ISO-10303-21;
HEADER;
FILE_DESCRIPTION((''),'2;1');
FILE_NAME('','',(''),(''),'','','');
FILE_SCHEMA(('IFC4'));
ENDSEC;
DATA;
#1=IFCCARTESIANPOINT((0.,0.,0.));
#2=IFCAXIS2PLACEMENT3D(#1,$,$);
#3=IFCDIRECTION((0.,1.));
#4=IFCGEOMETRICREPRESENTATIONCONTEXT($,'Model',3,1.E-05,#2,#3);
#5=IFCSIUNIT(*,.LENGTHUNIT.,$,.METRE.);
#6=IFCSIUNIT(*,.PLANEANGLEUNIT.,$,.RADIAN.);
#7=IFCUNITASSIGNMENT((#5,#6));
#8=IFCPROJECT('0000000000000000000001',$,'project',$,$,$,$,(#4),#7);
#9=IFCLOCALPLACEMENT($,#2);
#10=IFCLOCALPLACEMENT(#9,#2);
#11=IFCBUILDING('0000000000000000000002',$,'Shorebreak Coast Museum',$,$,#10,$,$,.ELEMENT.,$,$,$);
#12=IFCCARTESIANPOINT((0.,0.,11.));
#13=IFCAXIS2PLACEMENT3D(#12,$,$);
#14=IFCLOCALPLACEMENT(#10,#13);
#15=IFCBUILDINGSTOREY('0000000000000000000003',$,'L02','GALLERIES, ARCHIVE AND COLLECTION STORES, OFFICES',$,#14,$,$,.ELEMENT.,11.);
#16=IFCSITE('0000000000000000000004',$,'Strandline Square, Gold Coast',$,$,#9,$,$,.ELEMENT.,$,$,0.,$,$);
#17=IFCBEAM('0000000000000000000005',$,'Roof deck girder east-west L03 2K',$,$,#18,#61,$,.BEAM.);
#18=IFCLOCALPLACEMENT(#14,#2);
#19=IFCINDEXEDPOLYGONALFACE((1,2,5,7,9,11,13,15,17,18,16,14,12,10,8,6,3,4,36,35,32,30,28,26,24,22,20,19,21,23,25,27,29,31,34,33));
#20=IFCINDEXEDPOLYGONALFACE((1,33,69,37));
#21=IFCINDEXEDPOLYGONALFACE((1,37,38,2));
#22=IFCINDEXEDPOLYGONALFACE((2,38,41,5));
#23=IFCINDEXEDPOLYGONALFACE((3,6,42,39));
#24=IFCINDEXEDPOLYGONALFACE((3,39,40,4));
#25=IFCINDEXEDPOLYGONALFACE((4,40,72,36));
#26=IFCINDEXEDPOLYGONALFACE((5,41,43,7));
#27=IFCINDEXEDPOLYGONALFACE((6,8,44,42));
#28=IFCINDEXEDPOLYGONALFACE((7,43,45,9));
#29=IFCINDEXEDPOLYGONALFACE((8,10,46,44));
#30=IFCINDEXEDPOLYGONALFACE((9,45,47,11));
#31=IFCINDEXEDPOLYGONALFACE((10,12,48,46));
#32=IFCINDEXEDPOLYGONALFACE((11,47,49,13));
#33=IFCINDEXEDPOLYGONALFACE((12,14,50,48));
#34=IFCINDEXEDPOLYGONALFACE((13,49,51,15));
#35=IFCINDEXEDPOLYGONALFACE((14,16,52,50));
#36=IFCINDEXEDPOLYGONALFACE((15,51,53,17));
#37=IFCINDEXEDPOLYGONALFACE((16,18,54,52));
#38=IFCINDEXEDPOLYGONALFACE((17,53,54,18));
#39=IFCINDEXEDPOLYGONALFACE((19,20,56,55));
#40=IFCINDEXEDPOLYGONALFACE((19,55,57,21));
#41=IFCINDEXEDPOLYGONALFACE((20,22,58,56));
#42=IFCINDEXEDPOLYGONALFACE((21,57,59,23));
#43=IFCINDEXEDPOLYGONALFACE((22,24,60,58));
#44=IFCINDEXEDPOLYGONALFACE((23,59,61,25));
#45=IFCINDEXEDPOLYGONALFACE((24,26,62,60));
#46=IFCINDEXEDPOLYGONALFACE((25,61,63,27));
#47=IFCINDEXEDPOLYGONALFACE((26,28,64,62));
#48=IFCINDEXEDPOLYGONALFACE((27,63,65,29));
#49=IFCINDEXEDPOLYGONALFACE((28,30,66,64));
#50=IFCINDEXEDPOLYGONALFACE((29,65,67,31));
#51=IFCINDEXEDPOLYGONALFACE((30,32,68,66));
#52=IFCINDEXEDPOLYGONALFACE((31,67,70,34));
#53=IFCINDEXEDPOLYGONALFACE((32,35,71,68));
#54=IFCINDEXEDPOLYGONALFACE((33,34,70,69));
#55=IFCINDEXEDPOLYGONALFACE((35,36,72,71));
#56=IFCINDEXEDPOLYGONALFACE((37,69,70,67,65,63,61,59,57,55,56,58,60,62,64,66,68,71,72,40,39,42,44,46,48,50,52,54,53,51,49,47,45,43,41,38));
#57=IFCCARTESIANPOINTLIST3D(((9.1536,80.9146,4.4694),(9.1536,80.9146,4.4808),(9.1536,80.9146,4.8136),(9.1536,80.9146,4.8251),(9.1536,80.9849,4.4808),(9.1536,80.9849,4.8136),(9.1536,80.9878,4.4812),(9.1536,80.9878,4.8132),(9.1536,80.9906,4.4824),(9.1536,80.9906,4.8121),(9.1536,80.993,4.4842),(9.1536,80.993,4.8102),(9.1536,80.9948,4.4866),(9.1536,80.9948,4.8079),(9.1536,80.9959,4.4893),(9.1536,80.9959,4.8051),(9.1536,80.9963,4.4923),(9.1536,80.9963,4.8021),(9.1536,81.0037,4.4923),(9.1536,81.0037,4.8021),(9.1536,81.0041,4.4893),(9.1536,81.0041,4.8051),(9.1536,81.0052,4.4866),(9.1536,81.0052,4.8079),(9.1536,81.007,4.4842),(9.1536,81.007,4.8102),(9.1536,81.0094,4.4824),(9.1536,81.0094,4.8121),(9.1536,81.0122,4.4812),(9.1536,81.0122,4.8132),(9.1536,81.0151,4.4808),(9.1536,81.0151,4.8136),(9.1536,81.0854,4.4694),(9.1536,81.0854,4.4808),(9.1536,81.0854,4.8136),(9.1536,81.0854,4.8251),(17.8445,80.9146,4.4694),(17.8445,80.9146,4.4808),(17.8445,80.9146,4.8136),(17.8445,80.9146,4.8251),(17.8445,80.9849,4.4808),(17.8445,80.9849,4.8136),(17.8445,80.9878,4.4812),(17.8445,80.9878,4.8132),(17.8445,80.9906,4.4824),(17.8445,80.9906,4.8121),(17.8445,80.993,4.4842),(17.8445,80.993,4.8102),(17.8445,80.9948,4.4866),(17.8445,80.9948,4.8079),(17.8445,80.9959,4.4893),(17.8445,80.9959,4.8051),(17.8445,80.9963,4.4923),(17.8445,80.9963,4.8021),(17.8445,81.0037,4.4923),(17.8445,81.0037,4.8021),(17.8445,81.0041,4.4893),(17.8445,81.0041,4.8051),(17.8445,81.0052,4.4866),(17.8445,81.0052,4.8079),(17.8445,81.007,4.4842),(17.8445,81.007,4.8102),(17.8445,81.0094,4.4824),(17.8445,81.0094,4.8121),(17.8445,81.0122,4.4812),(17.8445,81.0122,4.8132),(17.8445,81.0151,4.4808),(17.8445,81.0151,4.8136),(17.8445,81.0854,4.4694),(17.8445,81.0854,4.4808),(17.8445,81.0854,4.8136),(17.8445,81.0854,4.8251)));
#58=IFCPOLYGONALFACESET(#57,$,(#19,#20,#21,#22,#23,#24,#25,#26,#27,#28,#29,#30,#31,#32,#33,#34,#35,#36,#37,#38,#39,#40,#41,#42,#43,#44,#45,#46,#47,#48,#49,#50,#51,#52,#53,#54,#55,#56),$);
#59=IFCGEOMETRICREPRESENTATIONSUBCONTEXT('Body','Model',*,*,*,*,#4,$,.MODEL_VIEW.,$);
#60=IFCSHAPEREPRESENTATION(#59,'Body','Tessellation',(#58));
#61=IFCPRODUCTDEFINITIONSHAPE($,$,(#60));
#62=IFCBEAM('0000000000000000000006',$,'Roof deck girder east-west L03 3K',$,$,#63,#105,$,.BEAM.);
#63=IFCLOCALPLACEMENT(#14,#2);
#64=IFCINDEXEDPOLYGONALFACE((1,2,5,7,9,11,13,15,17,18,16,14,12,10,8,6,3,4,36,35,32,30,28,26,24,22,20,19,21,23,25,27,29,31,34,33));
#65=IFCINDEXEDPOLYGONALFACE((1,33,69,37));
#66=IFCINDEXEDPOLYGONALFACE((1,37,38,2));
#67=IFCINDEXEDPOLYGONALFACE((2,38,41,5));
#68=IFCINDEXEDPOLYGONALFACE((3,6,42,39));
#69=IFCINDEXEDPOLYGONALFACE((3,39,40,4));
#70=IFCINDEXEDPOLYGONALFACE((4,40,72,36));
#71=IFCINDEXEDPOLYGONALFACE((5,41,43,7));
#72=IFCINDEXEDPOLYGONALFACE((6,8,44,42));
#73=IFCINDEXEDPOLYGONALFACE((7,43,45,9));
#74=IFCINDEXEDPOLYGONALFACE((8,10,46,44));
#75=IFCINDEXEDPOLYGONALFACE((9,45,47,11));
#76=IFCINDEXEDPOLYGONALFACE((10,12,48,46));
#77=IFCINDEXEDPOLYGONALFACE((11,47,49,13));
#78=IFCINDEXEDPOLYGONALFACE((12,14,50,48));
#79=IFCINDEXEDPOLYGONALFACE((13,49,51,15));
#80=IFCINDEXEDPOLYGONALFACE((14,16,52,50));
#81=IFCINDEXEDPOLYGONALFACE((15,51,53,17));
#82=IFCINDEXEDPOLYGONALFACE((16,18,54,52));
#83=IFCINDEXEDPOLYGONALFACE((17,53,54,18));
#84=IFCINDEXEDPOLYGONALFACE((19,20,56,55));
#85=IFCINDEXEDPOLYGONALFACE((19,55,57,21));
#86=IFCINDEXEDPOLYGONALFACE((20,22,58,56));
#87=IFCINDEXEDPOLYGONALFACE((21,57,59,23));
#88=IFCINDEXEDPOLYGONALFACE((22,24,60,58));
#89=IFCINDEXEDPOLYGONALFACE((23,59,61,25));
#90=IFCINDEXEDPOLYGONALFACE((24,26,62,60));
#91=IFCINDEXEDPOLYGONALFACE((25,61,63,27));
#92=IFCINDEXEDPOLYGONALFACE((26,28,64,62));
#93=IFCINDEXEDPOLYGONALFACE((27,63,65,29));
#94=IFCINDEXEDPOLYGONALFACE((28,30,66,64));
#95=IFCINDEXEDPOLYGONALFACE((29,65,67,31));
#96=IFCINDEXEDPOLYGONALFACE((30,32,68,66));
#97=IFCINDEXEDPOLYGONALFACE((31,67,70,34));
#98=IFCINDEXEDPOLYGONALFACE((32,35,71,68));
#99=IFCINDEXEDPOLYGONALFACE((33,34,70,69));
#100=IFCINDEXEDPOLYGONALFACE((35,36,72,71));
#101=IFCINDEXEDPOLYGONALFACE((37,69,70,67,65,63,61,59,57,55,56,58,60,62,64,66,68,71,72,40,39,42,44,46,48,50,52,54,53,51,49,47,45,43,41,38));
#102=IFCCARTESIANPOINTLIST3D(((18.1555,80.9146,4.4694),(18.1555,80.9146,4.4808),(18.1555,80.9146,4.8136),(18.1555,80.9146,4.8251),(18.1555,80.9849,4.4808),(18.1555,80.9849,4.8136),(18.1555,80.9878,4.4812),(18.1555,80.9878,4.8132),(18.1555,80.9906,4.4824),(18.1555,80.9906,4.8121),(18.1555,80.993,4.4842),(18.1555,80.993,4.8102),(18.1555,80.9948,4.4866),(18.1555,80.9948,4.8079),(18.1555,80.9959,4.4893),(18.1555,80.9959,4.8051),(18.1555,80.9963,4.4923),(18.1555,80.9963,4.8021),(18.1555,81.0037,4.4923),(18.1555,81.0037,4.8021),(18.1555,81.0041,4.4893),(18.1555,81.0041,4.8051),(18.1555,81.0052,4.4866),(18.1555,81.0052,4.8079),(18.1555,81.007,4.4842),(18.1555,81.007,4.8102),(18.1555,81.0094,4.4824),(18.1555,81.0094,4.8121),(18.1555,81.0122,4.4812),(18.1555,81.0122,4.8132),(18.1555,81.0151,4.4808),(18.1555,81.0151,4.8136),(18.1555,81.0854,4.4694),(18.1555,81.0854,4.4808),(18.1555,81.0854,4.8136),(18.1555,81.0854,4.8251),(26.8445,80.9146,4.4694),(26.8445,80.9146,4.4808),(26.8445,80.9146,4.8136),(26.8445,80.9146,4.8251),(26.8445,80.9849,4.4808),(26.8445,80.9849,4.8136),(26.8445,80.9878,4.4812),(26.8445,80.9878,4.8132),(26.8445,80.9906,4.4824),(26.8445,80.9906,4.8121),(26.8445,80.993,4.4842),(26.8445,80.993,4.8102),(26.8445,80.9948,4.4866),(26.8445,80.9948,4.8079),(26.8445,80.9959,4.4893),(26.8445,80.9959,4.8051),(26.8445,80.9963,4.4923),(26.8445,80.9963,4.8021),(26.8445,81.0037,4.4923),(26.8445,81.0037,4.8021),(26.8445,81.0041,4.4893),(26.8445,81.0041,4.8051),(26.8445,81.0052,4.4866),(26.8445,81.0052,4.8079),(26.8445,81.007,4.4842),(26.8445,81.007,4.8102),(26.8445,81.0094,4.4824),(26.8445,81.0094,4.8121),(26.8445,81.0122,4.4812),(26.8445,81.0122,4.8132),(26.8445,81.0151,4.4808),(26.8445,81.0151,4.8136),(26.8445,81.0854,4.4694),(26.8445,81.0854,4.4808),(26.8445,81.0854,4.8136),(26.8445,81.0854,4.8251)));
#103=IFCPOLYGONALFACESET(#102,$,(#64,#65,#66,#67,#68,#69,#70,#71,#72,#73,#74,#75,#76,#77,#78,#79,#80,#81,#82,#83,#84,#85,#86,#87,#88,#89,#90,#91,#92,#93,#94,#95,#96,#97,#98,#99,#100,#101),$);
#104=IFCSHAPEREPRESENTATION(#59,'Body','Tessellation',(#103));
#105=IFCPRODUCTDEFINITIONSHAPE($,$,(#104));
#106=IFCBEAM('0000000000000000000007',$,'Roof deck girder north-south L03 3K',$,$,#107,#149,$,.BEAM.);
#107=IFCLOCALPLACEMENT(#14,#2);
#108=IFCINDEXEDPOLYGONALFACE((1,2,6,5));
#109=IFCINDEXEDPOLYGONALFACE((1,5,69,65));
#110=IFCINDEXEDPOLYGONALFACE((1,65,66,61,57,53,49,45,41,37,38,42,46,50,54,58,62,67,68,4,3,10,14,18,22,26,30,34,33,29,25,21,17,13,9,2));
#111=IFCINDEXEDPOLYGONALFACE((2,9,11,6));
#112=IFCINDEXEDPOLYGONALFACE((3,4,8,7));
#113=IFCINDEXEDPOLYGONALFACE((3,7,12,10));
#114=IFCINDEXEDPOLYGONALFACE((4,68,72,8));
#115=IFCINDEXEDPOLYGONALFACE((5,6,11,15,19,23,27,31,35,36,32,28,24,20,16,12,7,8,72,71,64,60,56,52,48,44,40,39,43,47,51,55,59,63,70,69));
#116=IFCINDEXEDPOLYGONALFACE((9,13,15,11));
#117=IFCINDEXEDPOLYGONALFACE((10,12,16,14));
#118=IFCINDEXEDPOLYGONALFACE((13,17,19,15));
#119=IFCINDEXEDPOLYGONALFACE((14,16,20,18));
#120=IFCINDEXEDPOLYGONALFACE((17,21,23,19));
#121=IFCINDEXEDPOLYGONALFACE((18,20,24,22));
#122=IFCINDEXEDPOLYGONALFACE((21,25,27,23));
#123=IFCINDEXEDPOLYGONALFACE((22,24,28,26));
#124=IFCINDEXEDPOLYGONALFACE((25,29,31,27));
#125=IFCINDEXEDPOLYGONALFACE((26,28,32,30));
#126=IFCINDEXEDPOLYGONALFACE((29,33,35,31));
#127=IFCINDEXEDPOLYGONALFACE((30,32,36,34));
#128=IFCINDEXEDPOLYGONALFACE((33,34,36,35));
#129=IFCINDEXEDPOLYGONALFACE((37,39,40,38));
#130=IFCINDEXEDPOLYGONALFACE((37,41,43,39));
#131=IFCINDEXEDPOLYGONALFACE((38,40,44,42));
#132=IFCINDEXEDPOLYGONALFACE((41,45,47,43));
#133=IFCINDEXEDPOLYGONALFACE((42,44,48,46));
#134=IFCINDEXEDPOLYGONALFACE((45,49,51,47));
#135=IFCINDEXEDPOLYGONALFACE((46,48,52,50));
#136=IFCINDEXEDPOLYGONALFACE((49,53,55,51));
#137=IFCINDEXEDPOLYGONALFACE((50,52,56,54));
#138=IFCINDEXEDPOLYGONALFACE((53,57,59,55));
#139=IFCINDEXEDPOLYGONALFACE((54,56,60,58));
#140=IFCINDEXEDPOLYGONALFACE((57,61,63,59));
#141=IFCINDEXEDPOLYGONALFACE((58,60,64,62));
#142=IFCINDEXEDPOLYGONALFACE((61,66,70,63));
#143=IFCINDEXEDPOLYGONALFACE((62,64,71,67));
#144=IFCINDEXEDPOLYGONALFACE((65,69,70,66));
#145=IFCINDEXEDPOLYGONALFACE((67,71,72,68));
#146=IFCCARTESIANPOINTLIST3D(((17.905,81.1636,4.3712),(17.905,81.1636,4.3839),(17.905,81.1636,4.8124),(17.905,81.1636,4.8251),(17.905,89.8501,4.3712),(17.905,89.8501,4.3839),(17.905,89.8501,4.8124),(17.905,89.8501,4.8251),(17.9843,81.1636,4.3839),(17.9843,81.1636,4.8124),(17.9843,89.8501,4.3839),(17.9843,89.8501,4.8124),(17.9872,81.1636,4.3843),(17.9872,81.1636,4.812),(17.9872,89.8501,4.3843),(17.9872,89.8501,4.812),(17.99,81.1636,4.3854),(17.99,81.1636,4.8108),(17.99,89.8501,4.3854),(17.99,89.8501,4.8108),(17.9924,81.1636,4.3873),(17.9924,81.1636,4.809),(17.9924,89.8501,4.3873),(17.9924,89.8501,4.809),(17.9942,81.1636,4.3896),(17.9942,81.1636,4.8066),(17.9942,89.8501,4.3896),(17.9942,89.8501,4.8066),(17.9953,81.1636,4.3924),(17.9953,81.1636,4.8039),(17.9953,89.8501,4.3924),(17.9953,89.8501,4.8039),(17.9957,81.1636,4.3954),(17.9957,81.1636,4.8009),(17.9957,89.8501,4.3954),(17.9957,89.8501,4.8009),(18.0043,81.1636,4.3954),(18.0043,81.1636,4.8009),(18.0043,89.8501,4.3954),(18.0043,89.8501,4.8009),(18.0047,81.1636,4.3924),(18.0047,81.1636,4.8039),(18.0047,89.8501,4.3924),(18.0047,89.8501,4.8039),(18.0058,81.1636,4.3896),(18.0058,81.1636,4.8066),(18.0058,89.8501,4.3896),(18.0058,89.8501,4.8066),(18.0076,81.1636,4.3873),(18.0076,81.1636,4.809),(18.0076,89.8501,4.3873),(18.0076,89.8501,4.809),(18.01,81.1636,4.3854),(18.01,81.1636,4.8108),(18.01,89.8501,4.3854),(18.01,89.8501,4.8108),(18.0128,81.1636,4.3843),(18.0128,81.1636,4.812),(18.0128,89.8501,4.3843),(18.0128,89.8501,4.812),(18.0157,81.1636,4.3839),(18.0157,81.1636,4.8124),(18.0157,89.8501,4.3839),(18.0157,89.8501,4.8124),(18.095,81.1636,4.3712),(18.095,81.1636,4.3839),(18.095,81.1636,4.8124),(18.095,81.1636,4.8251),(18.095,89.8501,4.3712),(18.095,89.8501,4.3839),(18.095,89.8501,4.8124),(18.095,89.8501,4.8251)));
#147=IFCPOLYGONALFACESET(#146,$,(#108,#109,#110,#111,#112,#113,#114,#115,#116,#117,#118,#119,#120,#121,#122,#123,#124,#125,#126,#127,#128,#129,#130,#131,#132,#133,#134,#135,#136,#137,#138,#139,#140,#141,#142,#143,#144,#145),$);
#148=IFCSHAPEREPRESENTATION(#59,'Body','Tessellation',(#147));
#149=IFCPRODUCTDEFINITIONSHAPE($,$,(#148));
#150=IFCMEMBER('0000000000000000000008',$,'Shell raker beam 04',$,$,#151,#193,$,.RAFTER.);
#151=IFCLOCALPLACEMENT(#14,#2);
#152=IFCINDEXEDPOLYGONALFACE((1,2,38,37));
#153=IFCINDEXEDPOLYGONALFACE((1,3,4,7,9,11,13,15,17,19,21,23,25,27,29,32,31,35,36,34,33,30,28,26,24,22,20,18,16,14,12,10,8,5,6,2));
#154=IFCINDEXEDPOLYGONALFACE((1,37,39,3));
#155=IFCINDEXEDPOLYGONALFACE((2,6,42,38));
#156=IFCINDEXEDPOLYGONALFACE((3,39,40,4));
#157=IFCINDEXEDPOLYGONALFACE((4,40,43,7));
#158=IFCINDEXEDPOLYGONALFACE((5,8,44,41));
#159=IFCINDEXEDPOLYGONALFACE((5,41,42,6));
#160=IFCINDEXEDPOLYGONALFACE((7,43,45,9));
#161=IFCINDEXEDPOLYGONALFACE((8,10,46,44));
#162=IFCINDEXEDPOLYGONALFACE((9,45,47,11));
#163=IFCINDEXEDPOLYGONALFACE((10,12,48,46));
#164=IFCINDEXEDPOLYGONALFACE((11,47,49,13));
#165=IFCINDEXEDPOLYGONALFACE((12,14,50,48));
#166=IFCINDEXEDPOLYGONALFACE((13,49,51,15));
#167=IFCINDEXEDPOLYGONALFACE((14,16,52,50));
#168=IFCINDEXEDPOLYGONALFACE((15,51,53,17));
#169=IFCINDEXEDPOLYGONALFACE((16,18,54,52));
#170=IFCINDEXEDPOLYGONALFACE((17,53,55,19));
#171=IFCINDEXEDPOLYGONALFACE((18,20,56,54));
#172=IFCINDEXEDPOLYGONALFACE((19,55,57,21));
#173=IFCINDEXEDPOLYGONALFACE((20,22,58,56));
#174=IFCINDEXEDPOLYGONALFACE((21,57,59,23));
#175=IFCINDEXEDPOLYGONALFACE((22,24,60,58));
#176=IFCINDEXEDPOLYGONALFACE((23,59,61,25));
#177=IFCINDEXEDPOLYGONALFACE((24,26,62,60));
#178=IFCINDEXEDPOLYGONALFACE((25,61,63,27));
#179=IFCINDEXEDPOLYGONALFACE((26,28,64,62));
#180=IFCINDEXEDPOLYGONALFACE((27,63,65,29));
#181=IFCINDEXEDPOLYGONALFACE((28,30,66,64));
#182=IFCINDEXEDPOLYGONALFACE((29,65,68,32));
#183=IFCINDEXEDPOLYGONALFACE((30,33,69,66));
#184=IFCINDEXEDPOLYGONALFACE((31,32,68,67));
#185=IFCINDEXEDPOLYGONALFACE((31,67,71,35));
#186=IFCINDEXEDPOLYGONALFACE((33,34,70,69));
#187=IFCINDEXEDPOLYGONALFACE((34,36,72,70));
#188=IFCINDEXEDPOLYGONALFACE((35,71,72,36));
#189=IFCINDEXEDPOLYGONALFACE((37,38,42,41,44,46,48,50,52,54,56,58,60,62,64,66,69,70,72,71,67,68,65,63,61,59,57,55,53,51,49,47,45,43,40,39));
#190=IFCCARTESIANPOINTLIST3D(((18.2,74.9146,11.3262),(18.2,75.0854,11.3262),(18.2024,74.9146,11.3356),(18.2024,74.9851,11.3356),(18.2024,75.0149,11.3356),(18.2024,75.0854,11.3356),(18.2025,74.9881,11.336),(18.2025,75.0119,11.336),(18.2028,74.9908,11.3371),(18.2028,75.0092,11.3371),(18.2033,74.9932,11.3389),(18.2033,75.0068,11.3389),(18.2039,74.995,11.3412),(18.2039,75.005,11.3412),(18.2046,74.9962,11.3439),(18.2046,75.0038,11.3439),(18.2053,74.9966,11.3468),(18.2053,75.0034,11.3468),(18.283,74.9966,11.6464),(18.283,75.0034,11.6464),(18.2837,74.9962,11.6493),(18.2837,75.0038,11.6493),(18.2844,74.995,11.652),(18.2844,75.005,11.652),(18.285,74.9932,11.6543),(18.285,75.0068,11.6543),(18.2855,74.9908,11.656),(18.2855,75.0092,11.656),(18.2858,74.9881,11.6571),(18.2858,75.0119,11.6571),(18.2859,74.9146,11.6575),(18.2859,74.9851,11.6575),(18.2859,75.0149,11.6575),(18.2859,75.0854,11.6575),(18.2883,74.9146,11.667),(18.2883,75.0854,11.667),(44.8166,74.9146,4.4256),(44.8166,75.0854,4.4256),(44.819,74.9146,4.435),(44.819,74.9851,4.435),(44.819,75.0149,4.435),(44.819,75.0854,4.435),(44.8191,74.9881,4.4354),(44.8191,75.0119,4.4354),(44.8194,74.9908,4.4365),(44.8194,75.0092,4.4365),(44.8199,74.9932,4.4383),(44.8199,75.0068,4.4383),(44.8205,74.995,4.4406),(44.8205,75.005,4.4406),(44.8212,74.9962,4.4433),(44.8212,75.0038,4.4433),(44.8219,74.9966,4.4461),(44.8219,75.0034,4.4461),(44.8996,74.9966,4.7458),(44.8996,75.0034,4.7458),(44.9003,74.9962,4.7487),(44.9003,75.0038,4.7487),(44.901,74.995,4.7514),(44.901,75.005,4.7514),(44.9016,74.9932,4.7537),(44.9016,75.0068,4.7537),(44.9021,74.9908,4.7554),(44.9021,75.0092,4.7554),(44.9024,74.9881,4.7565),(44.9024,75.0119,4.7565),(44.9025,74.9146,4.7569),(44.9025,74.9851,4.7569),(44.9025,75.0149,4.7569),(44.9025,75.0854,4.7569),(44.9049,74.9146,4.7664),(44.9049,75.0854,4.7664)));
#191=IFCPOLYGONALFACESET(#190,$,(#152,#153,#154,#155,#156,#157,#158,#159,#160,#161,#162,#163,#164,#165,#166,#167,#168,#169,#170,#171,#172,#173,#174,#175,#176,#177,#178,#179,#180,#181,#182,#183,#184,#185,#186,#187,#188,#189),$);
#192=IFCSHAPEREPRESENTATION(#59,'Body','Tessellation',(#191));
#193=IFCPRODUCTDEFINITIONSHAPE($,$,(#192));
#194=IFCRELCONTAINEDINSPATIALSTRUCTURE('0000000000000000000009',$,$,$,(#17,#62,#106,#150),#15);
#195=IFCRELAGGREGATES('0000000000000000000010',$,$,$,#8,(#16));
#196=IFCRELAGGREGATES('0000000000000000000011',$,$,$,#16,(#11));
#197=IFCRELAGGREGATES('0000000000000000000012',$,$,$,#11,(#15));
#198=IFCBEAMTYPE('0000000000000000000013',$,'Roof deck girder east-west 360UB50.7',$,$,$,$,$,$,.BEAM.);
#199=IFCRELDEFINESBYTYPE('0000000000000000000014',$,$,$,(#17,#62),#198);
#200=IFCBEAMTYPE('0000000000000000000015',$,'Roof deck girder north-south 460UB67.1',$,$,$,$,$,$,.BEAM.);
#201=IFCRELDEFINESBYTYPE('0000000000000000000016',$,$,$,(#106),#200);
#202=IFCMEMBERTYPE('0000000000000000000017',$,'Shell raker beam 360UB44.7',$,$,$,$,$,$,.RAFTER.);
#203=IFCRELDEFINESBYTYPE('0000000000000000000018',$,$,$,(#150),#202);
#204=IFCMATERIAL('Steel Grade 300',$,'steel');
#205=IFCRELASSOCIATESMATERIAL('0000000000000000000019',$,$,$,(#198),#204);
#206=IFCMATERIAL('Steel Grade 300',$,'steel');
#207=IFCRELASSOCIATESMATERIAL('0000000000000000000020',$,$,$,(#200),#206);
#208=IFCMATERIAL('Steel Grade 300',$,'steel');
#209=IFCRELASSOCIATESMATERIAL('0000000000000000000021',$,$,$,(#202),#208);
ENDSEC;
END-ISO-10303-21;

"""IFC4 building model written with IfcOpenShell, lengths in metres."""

from ifc_helpers import new_model, si_unit, direction, frame, origin, origin_2d, place, context, subcontext, project, spatial, i_section, extrude, material, material_profile, profile_set, type_object, element, save


model = new_model("IFC4")

# Units and contexts
model_context = context("Model", 3, precision=1e-05, world=origin(), true_north=direction((0.0, 1.0)))
body_context = subcontext(model_context, "Body", "Model", "MODEL_VIEW")
ifc_project = project(units=[si_unit("LENGTHUNIT", "METRE"), si_unit("PLANEANGLEUNIT", "RADIAN")], contexts=[model_context])

# Site, building, storey
site_placement = place(None, origin())
site = spatial("IfcSite", under=ifc_project, at=site_placement, Name="Strandline Square, Gold Coast", CompositionType="ELEMENT", RefElevation=0.0)
building_placement = place(site_placement, origin())
building = spatial("IfcBuilding", under=site, at=building_placement, Name="Shorebreak Coast Museum", CompositionType="ELEMENT")
storey_placement = place(building_placement, frame((0.0, 0.0, 11.0)))
storey = spatial("IfcBuildingStorey", under=building, at=storey_placement, Name="L02", Description="GALLERIES, ARCHIVE AND COLLECTION STORES, OFFICES", CompositionType="ELEMENT", Elevation=11.0)

# Beams
ifc_material_1 = material(Name="Steel Grade 300", Category="steel")
ifc_material_profile_1 = material_profile(ifc_material_1, i_section(OverallWidth=0.1709, OverallDepth=0.3557, WebThickness=0.0073, FlangeThickness=0.0115, FilletRadius=0.0115, at=origin_2d()), Name="360UB50.7")
ifc_profile_set_1 = profile_set([ifc_material_profile_1], Name="Steel Grade 300")
beam_type_1 = type_object("IfcBeamType", Name="Roof deck girder east-west 360UB50.7", PredefinedType="BEAM", material=ifc_profile_set_1)
beam_1_placement = place(storey_placement, frame((9.1536, 81.0, 4.6472), z_axis=(1.0, 0.0, 0.0), x_axis=(0.0, 1.0, 0.0)))
element("IfcBeam", 1, at=beam_1_placement, inside=storey, type_object=beam_type_1, Name="Roof deck girder east-west L03 2K", PredefinedType="BEAM", context=body_context, shape_type="SweptSolid", body=[
    extrude(i_section(OverallWidth=0.1709, OverallDepth=0.3557, WebThickness=0.0073, FlangeThickness=0.0115, FilletRadius=0.0115, at=origin_2d()), origin(), (0.0, 0.0, 1.0), 8.6909),
])
beam_2_placement = place(storey_placement, frame((18.1555, 81.0, 4.6472), z_axis=(1.0, 0.0, 0.0), x_axis=(0.0, 1.0, 0.0)))
element("IfcBeam", 2, at=beam_2_placement, inside=storey, type_object=beam_type_1, Name="Roof deck girder east-west L03 3K", PredefinedType="BEAM", context=body_context, shape_type="SweptSolid", body=[
    extrude(i_section(OverallWidth=0.1709, OverallDepth=0.3557, WebThickness=0.0073, FlangeThickness=0.0115, FilletRadius=0.0115, at=origin_2d()), origin(), (0.0, 0.0, 1.0), 8.689),
])
ifc_material_2 = material(Name="Steel Grade 300", Category="steel")
ifc_material_profile_2 = material_profile(ifc_material_2, i_section(OverallWidth=0.1899, OverallDepth=0.4539, WebThickness=0.0085, FlangeThickness=0.0127, FilletRadius=0.0115, at=origin_2d()), Name="460UB67.1")
ifc_profile_set_2 = profile_set([ifc_material_profile_2], Name="Steel Grade 300")
beam_type_2 = type_object("IfcBeamType", Name="Roof deck girder north-south 460UB67.1", PredefinedType="BEAM", material=ifc_profile_set_2)
beam_3_placement = place(storey_placement, frame((18.0, 81.1636, 4.5981), z_axis=(0.0, 1.0, 0.0), x_axis=(-1.0, 0.0, 0.0)))
element("IfcBeam", 3, at=beam_3_placement, inside=storey, type_object=beam_type_2, Name="Roof deck girder north-south L03 3K", PredefinedType="BEAM", context=body_context, shape_type="SweptSolid", body=[
    extrude(i_section(OverallWidth=0.1899, OverallDepth=0.4539, WebThickness=0.0085, FlangeThickness=0.0127, FilletRadius=0.0115, at=origin_2d()), origin(), (0.0, 0.0, 1.0), 8.6865),
])

# Member
ifc_material_3 = material(Name="Steel Grade 300", Category="steel")
ifc_material_profile_3 = material_profile(ifc_material_3, i_section(OverallWidth=0.1709, OverallDepth=0.3521, WebThickness=0.0068, FlangeThickness=0.0098, FilletRadius=0.0115, at=origin_2d()), Name="360UB44.7")
ifc_profile_set_3 = profile_set([ifc_material_profile_3], Name="Steel Grade 300")
member_type = type_object("IfcMemberType", Name="Shell raker beam 360UB44.7", PredefinedType="RAFTER", material=ifc_profile_set_3)
for number, where, z_axis, x_axis, name in (
    (4, (18.2441, 75.0, 11.4966), (0.967997, 0.0, -0.250962), (0.0, 1.0, 0.0), "Shell raker beam 04"),
):
    element("IfcMember", number, at=place(storey_placement, frame(where, z_axis=z_axis, x_axis=x_axis)), inside=storey, type_object=member_type, Name=name, PredefinedType="RAFTER", context=body_context, shape_type="SweptSolid", body=[
        extrude(i_section(OverallWidth=0.1709, OverallDepth=0.3521, WebThickness=0.0068, FlangeThickness=0.0098, FilletRadius=0.0115, at=origin_2d()), origin(), (0.0, 0.0, 1.0), 27.4966),
    ])

save(model, "model.ifc")
